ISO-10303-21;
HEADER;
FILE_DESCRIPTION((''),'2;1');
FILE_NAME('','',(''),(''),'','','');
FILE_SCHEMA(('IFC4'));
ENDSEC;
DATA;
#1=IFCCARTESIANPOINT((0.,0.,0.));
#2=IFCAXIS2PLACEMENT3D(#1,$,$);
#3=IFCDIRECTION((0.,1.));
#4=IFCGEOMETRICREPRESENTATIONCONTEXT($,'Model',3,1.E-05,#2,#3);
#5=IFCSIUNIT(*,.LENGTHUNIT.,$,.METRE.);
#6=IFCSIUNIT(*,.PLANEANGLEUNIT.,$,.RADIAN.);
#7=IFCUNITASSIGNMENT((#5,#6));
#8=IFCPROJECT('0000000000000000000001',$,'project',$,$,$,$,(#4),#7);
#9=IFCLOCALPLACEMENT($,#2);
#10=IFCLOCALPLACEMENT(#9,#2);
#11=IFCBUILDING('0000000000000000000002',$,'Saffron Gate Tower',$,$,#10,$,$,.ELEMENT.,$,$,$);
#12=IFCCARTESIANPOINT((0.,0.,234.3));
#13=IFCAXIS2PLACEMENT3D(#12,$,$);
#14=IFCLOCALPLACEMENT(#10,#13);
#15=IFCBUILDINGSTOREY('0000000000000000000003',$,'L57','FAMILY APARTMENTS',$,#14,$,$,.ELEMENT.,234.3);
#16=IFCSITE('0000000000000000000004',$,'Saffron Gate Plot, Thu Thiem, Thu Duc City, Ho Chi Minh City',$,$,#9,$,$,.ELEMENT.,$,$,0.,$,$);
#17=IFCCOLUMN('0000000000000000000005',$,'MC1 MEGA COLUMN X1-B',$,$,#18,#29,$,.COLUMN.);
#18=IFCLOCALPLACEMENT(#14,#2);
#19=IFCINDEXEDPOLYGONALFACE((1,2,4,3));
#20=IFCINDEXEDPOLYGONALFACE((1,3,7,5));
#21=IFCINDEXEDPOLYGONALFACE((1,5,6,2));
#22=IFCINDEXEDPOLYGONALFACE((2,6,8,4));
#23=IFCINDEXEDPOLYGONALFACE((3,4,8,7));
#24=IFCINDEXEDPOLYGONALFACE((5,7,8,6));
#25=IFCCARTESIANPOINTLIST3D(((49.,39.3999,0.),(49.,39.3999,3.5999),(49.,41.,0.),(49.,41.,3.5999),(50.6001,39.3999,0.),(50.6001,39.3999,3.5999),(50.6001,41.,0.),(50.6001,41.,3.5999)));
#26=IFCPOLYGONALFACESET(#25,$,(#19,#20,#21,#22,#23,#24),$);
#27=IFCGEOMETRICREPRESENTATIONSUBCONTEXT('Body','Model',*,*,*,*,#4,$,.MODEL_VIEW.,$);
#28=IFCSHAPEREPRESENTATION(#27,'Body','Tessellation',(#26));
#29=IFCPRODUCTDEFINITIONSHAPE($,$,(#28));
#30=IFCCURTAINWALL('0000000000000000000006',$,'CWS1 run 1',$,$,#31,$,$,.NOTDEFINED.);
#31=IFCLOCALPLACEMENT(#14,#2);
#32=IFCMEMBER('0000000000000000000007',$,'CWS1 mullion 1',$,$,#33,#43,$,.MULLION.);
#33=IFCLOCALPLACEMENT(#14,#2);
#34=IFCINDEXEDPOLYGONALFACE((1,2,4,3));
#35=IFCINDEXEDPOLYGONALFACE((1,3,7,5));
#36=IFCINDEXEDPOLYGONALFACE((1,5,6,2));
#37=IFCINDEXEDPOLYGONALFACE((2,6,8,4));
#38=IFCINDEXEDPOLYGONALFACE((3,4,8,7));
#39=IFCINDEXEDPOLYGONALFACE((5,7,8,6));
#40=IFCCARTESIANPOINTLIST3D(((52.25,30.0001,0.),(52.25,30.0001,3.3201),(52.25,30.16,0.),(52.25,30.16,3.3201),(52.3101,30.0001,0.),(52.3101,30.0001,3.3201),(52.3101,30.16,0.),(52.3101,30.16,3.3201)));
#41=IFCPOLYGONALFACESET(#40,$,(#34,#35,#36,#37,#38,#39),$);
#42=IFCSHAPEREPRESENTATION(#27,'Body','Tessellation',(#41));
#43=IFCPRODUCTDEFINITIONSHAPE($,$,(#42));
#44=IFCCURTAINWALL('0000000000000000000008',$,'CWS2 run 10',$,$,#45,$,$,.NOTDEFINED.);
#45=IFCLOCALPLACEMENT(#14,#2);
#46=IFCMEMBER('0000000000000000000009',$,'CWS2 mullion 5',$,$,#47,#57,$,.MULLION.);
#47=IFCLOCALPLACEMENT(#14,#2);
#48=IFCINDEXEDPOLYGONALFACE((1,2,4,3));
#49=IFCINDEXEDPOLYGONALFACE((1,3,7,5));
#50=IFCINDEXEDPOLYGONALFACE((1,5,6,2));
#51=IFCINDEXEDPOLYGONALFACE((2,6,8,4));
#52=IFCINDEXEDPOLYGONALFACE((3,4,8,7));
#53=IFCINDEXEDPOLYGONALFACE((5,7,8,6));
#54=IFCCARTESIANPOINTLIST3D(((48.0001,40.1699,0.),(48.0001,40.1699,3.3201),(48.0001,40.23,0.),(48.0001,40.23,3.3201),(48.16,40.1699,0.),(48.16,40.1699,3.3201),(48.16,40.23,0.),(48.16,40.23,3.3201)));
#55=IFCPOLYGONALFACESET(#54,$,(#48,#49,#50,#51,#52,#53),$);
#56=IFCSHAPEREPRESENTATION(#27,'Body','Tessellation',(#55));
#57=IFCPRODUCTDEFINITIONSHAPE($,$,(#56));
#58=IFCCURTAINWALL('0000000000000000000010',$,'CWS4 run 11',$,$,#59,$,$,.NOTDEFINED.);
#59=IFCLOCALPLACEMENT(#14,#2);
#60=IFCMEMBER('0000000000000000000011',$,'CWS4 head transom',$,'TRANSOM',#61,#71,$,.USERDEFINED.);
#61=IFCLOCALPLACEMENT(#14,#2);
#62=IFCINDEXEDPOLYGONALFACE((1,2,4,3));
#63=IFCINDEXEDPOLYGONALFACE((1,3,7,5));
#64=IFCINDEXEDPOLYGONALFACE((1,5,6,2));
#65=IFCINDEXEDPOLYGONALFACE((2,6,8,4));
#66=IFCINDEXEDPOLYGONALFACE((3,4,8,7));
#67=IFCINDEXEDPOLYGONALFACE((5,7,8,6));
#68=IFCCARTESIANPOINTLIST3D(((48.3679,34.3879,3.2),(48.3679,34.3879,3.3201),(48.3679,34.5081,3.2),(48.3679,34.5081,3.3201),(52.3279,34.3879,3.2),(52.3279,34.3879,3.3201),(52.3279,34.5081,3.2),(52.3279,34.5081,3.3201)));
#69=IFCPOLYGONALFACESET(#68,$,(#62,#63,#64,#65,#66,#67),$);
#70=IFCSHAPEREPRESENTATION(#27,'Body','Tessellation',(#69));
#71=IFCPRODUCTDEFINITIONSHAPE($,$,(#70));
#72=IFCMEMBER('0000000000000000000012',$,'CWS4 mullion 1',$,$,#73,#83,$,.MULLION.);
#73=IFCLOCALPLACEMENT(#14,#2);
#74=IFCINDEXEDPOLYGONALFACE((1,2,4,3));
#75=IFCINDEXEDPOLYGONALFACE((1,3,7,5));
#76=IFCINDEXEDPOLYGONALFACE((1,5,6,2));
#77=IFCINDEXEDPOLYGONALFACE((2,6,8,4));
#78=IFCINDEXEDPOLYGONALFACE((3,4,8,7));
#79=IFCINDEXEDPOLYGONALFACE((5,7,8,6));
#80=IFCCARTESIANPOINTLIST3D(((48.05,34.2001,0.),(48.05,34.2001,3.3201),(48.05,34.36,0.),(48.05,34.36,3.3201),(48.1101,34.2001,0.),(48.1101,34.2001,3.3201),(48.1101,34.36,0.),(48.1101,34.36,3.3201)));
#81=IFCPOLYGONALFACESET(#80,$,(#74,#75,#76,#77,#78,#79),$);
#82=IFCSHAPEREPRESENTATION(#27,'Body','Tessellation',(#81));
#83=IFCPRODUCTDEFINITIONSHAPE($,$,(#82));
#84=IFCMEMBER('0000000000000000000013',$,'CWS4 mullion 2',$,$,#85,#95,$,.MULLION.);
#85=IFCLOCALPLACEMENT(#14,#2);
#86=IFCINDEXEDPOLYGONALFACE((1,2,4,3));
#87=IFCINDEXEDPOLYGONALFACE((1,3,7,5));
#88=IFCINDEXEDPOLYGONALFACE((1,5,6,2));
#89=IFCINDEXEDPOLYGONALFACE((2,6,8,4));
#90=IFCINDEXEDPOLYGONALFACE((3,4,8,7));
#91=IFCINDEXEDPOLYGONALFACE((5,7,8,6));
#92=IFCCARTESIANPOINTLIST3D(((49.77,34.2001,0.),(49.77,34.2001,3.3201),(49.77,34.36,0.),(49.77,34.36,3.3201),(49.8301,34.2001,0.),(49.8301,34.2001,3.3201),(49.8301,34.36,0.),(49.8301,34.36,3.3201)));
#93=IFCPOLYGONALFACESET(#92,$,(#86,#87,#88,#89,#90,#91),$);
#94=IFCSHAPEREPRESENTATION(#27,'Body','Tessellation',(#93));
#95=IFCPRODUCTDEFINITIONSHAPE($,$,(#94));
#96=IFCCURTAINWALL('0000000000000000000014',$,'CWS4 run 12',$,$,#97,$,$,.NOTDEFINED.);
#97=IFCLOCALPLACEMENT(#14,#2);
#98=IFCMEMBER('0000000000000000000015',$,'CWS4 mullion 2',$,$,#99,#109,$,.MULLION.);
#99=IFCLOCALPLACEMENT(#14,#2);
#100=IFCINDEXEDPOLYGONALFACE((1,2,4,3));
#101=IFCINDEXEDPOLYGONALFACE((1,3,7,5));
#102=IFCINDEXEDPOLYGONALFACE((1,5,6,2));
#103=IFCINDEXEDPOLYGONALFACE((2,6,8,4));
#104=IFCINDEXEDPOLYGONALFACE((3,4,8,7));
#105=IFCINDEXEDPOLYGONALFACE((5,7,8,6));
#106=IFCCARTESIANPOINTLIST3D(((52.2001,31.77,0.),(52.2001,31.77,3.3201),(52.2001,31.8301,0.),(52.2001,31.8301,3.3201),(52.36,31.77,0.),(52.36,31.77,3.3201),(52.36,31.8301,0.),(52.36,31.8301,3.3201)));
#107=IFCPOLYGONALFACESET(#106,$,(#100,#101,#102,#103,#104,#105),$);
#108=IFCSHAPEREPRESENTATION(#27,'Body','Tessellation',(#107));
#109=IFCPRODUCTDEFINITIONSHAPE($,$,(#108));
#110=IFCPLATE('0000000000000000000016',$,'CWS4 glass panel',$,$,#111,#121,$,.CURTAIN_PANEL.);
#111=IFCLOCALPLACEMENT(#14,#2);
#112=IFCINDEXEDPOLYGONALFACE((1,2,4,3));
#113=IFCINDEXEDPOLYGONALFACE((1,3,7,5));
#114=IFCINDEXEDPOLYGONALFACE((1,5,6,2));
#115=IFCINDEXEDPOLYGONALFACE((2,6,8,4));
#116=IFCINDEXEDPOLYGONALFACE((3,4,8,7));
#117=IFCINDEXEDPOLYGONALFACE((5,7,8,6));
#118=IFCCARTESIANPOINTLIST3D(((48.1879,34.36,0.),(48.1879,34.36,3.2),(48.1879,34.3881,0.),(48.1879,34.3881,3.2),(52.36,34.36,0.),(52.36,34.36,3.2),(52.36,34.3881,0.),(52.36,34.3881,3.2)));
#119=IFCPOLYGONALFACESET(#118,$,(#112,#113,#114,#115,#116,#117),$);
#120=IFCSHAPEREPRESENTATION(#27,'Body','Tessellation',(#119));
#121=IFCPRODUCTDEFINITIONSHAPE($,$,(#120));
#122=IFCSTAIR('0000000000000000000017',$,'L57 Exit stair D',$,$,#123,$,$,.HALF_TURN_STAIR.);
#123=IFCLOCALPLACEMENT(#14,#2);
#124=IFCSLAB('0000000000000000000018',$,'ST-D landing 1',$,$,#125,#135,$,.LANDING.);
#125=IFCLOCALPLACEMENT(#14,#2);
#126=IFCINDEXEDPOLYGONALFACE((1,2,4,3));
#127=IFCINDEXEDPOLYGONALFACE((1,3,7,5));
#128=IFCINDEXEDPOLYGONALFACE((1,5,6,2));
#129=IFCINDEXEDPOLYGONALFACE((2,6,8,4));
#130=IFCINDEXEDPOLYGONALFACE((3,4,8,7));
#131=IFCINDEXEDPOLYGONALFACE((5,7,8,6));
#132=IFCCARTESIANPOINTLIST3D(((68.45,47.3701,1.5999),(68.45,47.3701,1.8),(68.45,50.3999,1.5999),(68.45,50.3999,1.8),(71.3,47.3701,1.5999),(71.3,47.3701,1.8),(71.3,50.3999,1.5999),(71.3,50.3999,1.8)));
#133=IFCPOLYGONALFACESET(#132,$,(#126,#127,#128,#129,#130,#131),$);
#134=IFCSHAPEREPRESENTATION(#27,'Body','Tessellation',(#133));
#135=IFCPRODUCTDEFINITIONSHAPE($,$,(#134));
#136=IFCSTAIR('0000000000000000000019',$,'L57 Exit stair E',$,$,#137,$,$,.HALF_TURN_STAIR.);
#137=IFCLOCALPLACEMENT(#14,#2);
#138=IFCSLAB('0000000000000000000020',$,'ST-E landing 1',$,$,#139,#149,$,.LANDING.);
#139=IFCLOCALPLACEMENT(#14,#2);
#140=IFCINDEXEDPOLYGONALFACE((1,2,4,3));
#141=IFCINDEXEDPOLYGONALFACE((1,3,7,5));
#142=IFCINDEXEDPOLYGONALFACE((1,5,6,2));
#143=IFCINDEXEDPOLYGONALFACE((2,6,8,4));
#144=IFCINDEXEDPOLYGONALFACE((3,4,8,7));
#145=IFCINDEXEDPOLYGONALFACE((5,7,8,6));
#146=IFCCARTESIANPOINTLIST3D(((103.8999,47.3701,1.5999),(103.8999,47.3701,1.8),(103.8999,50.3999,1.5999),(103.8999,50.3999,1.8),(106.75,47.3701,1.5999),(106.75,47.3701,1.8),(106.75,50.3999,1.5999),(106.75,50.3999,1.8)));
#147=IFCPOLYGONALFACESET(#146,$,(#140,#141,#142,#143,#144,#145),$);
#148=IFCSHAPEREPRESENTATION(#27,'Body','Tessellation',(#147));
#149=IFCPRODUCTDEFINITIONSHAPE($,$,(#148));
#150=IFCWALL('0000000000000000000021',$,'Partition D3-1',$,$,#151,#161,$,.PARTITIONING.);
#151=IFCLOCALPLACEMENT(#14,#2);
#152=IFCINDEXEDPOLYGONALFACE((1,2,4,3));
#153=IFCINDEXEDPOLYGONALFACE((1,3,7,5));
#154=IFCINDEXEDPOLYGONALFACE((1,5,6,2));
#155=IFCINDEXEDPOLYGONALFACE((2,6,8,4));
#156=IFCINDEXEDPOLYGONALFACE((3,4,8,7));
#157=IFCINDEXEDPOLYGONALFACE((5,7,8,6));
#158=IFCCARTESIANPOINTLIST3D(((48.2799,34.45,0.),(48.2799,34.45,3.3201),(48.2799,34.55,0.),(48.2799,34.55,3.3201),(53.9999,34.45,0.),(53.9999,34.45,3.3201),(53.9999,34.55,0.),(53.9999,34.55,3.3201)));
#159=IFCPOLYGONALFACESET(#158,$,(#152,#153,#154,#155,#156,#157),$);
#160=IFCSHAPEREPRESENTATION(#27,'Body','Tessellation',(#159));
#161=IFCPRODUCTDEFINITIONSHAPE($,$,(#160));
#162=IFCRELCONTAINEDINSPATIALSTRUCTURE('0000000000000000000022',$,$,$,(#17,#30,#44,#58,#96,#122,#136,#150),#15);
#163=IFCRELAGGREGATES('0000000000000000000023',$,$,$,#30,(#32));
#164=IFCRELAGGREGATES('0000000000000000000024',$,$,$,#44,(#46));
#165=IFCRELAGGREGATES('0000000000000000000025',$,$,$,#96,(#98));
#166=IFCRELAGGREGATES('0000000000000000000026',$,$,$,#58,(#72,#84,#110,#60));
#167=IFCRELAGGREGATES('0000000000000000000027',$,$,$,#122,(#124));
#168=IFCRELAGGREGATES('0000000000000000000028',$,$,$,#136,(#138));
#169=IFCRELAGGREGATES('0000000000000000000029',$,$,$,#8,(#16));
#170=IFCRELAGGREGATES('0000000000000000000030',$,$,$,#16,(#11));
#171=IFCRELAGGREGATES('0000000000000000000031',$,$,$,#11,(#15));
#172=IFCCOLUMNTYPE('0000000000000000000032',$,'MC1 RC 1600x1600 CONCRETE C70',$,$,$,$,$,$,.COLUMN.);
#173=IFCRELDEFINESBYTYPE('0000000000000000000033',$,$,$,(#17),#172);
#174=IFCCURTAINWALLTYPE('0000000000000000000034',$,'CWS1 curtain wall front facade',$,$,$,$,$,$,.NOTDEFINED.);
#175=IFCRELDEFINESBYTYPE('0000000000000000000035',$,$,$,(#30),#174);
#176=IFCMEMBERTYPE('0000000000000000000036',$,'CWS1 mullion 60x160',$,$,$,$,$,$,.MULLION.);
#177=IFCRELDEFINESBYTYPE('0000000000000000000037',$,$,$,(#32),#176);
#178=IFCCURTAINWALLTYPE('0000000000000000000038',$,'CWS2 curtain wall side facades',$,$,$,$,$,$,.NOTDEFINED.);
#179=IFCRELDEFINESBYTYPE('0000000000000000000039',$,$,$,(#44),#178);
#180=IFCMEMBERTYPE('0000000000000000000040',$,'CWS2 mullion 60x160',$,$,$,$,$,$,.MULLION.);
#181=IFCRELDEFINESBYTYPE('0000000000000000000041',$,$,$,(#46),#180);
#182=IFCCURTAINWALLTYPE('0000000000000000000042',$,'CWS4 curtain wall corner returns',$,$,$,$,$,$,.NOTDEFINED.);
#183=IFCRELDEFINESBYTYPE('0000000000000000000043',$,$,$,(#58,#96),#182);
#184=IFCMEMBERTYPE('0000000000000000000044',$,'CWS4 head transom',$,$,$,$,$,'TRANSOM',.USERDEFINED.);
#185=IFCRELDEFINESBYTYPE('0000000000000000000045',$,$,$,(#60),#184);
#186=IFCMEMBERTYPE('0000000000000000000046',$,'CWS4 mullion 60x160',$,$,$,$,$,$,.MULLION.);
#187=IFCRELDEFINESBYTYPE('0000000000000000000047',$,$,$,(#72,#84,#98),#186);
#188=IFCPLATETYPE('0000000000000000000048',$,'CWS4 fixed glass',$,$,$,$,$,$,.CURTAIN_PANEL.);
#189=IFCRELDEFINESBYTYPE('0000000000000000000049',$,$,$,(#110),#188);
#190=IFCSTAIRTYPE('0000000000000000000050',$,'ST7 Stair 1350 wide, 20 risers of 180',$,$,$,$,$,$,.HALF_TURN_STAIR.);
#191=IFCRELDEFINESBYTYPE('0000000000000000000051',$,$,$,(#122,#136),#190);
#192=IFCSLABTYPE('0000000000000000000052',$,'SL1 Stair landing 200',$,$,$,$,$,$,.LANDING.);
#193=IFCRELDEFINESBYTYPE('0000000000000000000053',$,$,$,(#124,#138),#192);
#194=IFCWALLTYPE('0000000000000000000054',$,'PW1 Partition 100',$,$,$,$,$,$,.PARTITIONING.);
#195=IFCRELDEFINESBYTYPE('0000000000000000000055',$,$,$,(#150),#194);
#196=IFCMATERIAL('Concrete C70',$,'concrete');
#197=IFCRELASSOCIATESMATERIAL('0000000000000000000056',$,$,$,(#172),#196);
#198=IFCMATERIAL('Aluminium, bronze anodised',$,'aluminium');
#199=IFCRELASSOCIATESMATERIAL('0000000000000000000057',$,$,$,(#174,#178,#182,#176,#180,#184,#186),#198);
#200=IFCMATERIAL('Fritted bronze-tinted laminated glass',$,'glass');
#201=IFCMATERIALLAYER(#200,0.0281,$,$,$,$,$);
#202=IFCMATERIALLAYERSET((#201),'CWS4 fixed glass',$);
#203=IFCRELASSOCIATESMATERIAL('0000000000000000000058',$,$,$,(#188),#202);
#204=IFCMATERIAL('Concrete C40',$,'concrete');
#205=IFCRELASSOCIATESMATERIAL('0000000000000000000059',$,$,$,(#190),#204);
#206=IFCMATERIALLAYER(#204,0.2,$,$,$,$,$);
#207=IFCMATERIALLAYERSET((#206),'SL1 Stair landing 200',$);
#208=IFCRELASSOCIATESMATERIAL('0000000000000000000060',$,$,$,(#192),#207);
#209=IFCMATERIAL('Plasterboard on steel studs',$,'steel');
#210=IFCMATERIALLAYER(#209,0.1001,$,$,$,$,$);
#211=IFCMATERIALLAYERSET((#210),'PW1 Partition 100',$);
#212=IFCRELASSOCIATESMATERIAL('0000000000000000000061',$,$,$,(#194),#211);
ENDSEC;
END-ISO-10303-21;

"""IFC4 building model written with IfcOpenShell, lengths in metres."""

from ifc_helpers import new_model, si_unit, direction, frame, frame_2d, origin, origin_2d, place, context, subcontext, project, spatial, polyline, rectangle, outline, extrude, material, layer, layer_set, material_profile, profile_set, type_object, element, aggregate, save


model = new_model("IFC4")

# Units and contexts
model_context = context("Model", 3, precision=1e-05, world=origin(), true_north=direction((0.0, 1.0)))
body_context = subcontext(model_context, "Body", "Model", "MODEL_VIEW")
ifc_project = project(units=[si_unit("LENGTHUNIT", "METRE"), si_unit("PLANEANGLEUNIT", "RADIAN")], contexts=[model_context])

# Site, building, storey
site_placement = place(None, origin())
site = spatial("IfcSite", under=ifc_project, at=site_placement, Name="Saffron Gate Plot, Thu Thiem, Thu Duc City, Ho Chi Minh City", CompositionType="ELEMENT", RefElevation=0.0)
building_placement = place(site_placement, origin())
building = spatial("IfcBuilding", under=site, at=building_placement, Name="Saffron Gate Tower", CompositionType="ELEMENT")
storey_placement = place(building_placement, frame((0.0, 0.0, 234.3)))
storey = spatial("IfcBuildingStorey", under=building, at=storey_placement, Name="L57", Description="FAMILY APARTMENTS", CompositionType="ELEMENT", Elevation=234.3)

# Column
ifc_material_1 = material(Name="Concrete C70", Category="concrete")
ifc_material_profile_1 = material_profile(ifc_material_1, rectangle(XDim=1.6001, YDim=1.6001, at=origin_2d()))
ifc_profile_set_1 = profile_set([ifc_material_profile_1], Name="Concrete C70")
column_type = type_object("IfcColumnType", Name="MC1 RC 1600x1600 CONCRETE C70", PredefinedType="COLUMN", material=ifc_profile_set_1)
column_placement = place(storey_placement, frame((49.8, 40.2, 0.0), z_axis=(0.0, 0.0, 1.0), x_axis=(1.0, 0.0, 0.0)))
element("IfcColumn", 1, at=column_placement, inside=storey, type_object=column_type, Name="MC1 MEGA COLUMN X1-B", PredefinedType="COLUMN", context=body_context, shape_type="SweptSolid", body=[
    extrude(rectangle(XDim=1.6001, YDim=1.6001, at=origin_2d()), origin(), (0.0, 0.0, 1.0), 3.5999),
])

# Curtain walls, members
ifc_material_2 = material(Name="Aluminium, bronze anodised", Category="aluminium")
curtain_wall_type_1 = type_object("IfcCurtainWallType", Name="CWS1 curtain wall front facade", PredefinedType="NOTDEFINED", material=ifc_material_2)
curtain_wall_1_placement = place(storey_placement, origin())
curtain_wall_1 = element("IfcCurtainWall", 2, at=curtain_wall_1_placement, inside=storey, type_object=curtain_wall_type_1, Name="CWS1 run 1", PredefinedType="NOTDEFINED")
ifc_material_profile_2 = material_profile(ifc_material_2, rectangle(XDim=0.1599, YDim=0.0601, at=origin_2d()))
ifc_profile_set_2 = profile_set([ifc_material_profile_2], Name="Aluminium, bronze anodised")
member_type_1 = type_object("IfcMemberType", Name="CWS1 mullion 60x160", PredefinedType="MULLION", material=ifc_profile_set_2)
member_1_placement = place(storey_placement, frame((52.28, 30.0801, 0.0), z_axis=(0.0, 0.0, 1.0), x_axis=(0.0, 1.0, 0.0)))
member_1 = element("IfcMember", 3, at=member_1_placement, type_object=member_type_1, Name="CWS1 mullion 1", PredefinedType="MULLION", context=body_context, shape_type="SweptSolid", body=[
    extrude(rectangle(XDim=0.1599, YDim=0.0601, at=origin_2d()), origin(), (0.0, 0.0, 1.0), 3.3201),
])
aggregate(curtain_wall_1, [member_1])
curtain_wall_type_2 = type_object("IfcCurtainWallType", Name="CWS2 curtain wall side facades", PredefinedType="NOTDEFINED", material=ifc_material_2)
curtain_wall_2_placement = place(storey_placement, origin())
curtain_wall_2 = element("IfcCurtainWall", 4, at=curtain_wall_2_placement, inside=storey, type_object=curtain_wall_type_2, Name="CWS2 run 10", PredefinedType="NOTDEFINED")
ifc_material_profile_3 = material_profile(ifc_material_2, rectangle(XDim=0.1599, YDim=0.0601, at=origin_2d()))
ifc_profile_set_3 = profile_set([ifc_material_profile_3], Name="Aluminium, bronze anodised")
member_type_2 = type_object("IfcMemberType", Name="CWS2 mullion 60x160", PredefinedType="MULLION", material=ifc_profile_set_3)
member_2_placement = place(storey_placement, frame((48.0801, 40.2, 0.0), z_axis=(0.0, 0.0, 1.0), x_axis=(1.0, 0.0, 0.0)))
member_2 = element("IfcMember", 5, at=member_2_placement, type_object=member_type_2, Name="CWS2 mullion 5", PredefinedType="MULLION", context=body_context, shape_type="SweptSolid", body=[
    extrude(rectangle(XDim=0.1599, YDim=0.0601, at=origin_2d()), origin(), (0.0, 0.0, 1.0), 3.3201),
])
aggregate(curtain_wall_2, [member_2])

# Curtain wall, members
curtain_wall_type_3 = type_object("IfcCurtainWallType", Name="CWS4 curtain wall corner returns", PredefinedType="NOTDEFINED", material=ifc_material_2)
curtain_wall_3_placement = place(storey_placement, origin())
curtain_wall_3 = element("IfcCurtainWall", 6, at=curtain_wall_3_placement, inside=storey, type_object=curtain_wall_type_3, Name="CWS4 run 11", PredefinedType="NOTDEFINED")
ifc_material_profile_4 = material_profile(ifc_material_2, rectangle(XDim=0.1201, YDim=0.1201, at=origin_2d()))
ifc_profile_set_4 = profile_set([ifc_material_profile_4], Name="Aluminium, bronze anodised")
member_type_3 = type_object("IfcMemberType", Name="CWS4 head transom", ElementType="TRANSOM", PredefinedType="USERDEFINED", material=ifc_profile_set_4)
member_3_placement = place(storey_placement, frame((48.3679, 34.448, 3.26), z_axis=(1.0, 0.0, 0.0), x_axis=(0.0, 1.0, 0.0)))
member_3 = element("IfcMember", 7, at=member_3_placement, type_object=member_type_3, Name="CWS4 head transom", ObjectType="TRANSOM", PredefinedType="USERDEFINED", context=body_context, shape_type="SweptSolid", body=[
    extrude(rectangle(XDim=0.1201, YDim=0.1201, at=origin_2d()), origin(), (0.0, 0.0, 1.0), 3.96),
])
ifc_material_profile_5 = material_profile(ifc_material_2, rectangle(XDim=0.1599, YDim=0.0601, at=origin_2d()))
ifc_profile_set_5 = profile_set([ifc_material_profile_5], Name="Aluminium, bronze anodised")
member_type_4 = type_object("IfcMemberType", Name="CWS4 mullion 60x160", PredefinedType="MULLION", material=ifc_profile_set_5)
member_4_placement = place(storey_placement, frame((48.0801, 34.28, 0.0), z_axis=(0.0, 0.0, 1.0), x_axis=(0.0, 1.0, 0.0)))
member_4 = element("IfcMember", 8, at=member_4_placement, type_object=member_type_4, Name="CWS4 mullion 1", PredefinedType="MULLION", context=body_context, shape_type="SweptSolid", body=[
    extrude(rectangle(XDim=0.1599, YDim=0.0601, at=origin_2d()), origin(), (0.0, 0.0, 1.0), 3.3201),
])
member_5_placement = place(storey_placement, frame((49.8, 34.28, 0.0), z_axis=(0.0, 0.0, 1.0), x_axis=(0.0, 1.0, 0.0)))
member_5 = element("IfcMember", 9, at=member_5_placement, type_object=member_type_4, Name="CWS4 mullion 2", PredefinedType="MULLION", context=body_context, shape_type="SweptSolid", body=[
    extrude(rectangle(XDim=0.1599, YDim=0.0601, at=origin_2d()), origin(), (0.0, 0.0, 1.0), 3.3201),
])

# Curtain wall, member
curtain_wall_4_placement = place(storey_placement, origin())
curtain_wall_4 = element("IfcCurtainWall", 10, at=curtain_wall_4_placement, inside=storey, type_object=curtain_wall_type_3, Name="CWS4 run 12", PredefinedType="NOTDEFINED")
member_6_placement = place(storey_placement, frame((52.28, 31.8, 0.0), z_axis=(0.0, 0.0, 1.0), x_axis=(1.0, 0.0, 0.0)))
member_6 = element("IfcMember", 11, at=member_6_placement, type_object=member_type_4, Name="CWS4 mullion 2", PredefinedType="MULLION", context=body_context, shape_type="SweptSolid", body=[
    extrude(rectangle(XDim=0.1599, YDim=0.0601, at=origin_2d()), origin(), (0.0, 0.0, 1.0), 3.3201),
])
aggregate(curtain_wall_4, [member_6])

# Plate
ifc_material_3 = material(Name="Fritted bronze-tinted laminated glass", Category="glass")
ifc_layer_1 = layer(ifc_material_3, 0.0281)
ifc_layer_set_1 = layer_set([ifc_layer_1], Name="CWS4 fixed glass")
plate_type = type_object("IfcPlateType", Name="CWS4 fixed glass", PredefinedType="CURTAIN_PANEL", material=ifc_layer_set_1)
plate_placement = place(storey_placement, frame((48.188, 34.374, 0.0), z_axis=(0.0, 0.0, 1.0), x_axis=(1.0, 0.0, 0.0)))
plate = element("IfcPlate", 12, at=plate_placement, type_object=plate_type, Name="CWS4 glass panel", PredefinedType="CURTAIN_PANEL", context=body_context, shape_type="SweptSolid", body=[
    extrude(rectangle(XDim=4.1721, YDim=0.0281, at=frame_2d((2.0859, 0.0))), origin(), (0.0, 0.0, 1.0), 3.2),
])
aggregate(curtain_wall_3, [member_4, member_5, plate, member_3])

# Stairs, slabs
ifc_material_4 = material(Name="Concrete C40", Category="concrete")
stair_type = type_object("IfcStairType", Name="ST7 Stair 1350 wide, 20 risers of 180", PredefinedType="HALF_TURN_STAIR", material=ifc_material_4)
stair_1_placement = place(storey_placement, origin())
stair_1 = element("IfcStair", 13, at=stair_1_placement, inside=storey, type_object=stair_type, Name="L57 Exit stair D", PredefinedType="HALF_TURN_STAIR")
ifc_layer_2 = layer(ifc_material_4, 0.2)
ifc_layer_set_2 = layer_set([ifc_layer_2], Name="SL1 Stair landing 200")
slab_type = type_object("IfcSlabType", Name="SL1 Stair landing 200", PredefinedType="LANDING", material=ifc_layer_set_2)
slab_1_placement = place(storey_placement, frame((0.0, 0.0, 1.5999)))
slab_1 = element("IfcSlab", 14, at=slab_1_placement, type_object=slab_type, Name="ST-D landing 1", PredefinedType="LANDING", context=body_context, shape_type="SweptSolid", body=[
    extrude(outline(polyline([(71.3, 47.3701), (71.3, 50.3999), (68.45, 50.3999), (68.45, 47.3701), (71.3, 47.3701)])), origin(), (0.0, 0.0, 1.0), 0.2002),
])
aggregate(stair_1, [slab_1])
stair_2_placement = place(storey_placement, origin())
stair_2 = element("IfcStair", 15, at=stair_2_placement, inside=storey, type_object=stair_type, Name="L57 Exit stair E", PredefinedType="HALF_TURN_STAIR")
slab_2_placement = place(storey_placement, frame((0.0, 0.0, 1.5999)))
slab_2 = element("IfcSlab", 16, at=slab_2_placement, type_object=slab_type, Name="ST-E landing 1", PredefinedType="LANDING", context=body_context, shape_type="SweptSolid", body=[
    extrude(outline(polyline([(106.75, 47.3701), (106.75, 50.3999), (103.8999, 50.3999), (103.8999, 47.3701), (106.75, 47.3701)])), origin(), (0.0, 0.0, 1.0), 0.2002),
])
aggregate(stair_2, [slab_2])

# Wall
ifc_material_5 = material(Name="Plasterboard on steel studs", Category="steel")
ifc_layer_3 = layer(ifc_material_5, 0.1001)
ifc_layer_set_3 = layer_set([ifc_layer_3], Name="PW1 Partition 100")
wall_type = type_object("IfcWallType", Name="PW1 Partition 100", PredefinedType="PARTITIONING", material=ifc_layer_set_3)
wall_1_placement = place(storey_placement, frame((48.28, 34.5, 0.0), z_axis=(0.0, 0.0, 1.0), x_axis=(1.0, 0.0, 0.0)))
element("IfcWall", 17, at=wall_1_placement, inside=storey, type_object=wall_type, Name="Partition D3-1", PredefinedType="PARTITIONING", context=body_context, shape_type="SweptSolid", body=[
    extrude(rectangle(XDim=5.72, YDim=0.1001, at=frame_2d((2.8599, 0.0))), origin(), (0.0, 0.0, 1.0), 3.3201),
])

save(model, "model.ifc")
